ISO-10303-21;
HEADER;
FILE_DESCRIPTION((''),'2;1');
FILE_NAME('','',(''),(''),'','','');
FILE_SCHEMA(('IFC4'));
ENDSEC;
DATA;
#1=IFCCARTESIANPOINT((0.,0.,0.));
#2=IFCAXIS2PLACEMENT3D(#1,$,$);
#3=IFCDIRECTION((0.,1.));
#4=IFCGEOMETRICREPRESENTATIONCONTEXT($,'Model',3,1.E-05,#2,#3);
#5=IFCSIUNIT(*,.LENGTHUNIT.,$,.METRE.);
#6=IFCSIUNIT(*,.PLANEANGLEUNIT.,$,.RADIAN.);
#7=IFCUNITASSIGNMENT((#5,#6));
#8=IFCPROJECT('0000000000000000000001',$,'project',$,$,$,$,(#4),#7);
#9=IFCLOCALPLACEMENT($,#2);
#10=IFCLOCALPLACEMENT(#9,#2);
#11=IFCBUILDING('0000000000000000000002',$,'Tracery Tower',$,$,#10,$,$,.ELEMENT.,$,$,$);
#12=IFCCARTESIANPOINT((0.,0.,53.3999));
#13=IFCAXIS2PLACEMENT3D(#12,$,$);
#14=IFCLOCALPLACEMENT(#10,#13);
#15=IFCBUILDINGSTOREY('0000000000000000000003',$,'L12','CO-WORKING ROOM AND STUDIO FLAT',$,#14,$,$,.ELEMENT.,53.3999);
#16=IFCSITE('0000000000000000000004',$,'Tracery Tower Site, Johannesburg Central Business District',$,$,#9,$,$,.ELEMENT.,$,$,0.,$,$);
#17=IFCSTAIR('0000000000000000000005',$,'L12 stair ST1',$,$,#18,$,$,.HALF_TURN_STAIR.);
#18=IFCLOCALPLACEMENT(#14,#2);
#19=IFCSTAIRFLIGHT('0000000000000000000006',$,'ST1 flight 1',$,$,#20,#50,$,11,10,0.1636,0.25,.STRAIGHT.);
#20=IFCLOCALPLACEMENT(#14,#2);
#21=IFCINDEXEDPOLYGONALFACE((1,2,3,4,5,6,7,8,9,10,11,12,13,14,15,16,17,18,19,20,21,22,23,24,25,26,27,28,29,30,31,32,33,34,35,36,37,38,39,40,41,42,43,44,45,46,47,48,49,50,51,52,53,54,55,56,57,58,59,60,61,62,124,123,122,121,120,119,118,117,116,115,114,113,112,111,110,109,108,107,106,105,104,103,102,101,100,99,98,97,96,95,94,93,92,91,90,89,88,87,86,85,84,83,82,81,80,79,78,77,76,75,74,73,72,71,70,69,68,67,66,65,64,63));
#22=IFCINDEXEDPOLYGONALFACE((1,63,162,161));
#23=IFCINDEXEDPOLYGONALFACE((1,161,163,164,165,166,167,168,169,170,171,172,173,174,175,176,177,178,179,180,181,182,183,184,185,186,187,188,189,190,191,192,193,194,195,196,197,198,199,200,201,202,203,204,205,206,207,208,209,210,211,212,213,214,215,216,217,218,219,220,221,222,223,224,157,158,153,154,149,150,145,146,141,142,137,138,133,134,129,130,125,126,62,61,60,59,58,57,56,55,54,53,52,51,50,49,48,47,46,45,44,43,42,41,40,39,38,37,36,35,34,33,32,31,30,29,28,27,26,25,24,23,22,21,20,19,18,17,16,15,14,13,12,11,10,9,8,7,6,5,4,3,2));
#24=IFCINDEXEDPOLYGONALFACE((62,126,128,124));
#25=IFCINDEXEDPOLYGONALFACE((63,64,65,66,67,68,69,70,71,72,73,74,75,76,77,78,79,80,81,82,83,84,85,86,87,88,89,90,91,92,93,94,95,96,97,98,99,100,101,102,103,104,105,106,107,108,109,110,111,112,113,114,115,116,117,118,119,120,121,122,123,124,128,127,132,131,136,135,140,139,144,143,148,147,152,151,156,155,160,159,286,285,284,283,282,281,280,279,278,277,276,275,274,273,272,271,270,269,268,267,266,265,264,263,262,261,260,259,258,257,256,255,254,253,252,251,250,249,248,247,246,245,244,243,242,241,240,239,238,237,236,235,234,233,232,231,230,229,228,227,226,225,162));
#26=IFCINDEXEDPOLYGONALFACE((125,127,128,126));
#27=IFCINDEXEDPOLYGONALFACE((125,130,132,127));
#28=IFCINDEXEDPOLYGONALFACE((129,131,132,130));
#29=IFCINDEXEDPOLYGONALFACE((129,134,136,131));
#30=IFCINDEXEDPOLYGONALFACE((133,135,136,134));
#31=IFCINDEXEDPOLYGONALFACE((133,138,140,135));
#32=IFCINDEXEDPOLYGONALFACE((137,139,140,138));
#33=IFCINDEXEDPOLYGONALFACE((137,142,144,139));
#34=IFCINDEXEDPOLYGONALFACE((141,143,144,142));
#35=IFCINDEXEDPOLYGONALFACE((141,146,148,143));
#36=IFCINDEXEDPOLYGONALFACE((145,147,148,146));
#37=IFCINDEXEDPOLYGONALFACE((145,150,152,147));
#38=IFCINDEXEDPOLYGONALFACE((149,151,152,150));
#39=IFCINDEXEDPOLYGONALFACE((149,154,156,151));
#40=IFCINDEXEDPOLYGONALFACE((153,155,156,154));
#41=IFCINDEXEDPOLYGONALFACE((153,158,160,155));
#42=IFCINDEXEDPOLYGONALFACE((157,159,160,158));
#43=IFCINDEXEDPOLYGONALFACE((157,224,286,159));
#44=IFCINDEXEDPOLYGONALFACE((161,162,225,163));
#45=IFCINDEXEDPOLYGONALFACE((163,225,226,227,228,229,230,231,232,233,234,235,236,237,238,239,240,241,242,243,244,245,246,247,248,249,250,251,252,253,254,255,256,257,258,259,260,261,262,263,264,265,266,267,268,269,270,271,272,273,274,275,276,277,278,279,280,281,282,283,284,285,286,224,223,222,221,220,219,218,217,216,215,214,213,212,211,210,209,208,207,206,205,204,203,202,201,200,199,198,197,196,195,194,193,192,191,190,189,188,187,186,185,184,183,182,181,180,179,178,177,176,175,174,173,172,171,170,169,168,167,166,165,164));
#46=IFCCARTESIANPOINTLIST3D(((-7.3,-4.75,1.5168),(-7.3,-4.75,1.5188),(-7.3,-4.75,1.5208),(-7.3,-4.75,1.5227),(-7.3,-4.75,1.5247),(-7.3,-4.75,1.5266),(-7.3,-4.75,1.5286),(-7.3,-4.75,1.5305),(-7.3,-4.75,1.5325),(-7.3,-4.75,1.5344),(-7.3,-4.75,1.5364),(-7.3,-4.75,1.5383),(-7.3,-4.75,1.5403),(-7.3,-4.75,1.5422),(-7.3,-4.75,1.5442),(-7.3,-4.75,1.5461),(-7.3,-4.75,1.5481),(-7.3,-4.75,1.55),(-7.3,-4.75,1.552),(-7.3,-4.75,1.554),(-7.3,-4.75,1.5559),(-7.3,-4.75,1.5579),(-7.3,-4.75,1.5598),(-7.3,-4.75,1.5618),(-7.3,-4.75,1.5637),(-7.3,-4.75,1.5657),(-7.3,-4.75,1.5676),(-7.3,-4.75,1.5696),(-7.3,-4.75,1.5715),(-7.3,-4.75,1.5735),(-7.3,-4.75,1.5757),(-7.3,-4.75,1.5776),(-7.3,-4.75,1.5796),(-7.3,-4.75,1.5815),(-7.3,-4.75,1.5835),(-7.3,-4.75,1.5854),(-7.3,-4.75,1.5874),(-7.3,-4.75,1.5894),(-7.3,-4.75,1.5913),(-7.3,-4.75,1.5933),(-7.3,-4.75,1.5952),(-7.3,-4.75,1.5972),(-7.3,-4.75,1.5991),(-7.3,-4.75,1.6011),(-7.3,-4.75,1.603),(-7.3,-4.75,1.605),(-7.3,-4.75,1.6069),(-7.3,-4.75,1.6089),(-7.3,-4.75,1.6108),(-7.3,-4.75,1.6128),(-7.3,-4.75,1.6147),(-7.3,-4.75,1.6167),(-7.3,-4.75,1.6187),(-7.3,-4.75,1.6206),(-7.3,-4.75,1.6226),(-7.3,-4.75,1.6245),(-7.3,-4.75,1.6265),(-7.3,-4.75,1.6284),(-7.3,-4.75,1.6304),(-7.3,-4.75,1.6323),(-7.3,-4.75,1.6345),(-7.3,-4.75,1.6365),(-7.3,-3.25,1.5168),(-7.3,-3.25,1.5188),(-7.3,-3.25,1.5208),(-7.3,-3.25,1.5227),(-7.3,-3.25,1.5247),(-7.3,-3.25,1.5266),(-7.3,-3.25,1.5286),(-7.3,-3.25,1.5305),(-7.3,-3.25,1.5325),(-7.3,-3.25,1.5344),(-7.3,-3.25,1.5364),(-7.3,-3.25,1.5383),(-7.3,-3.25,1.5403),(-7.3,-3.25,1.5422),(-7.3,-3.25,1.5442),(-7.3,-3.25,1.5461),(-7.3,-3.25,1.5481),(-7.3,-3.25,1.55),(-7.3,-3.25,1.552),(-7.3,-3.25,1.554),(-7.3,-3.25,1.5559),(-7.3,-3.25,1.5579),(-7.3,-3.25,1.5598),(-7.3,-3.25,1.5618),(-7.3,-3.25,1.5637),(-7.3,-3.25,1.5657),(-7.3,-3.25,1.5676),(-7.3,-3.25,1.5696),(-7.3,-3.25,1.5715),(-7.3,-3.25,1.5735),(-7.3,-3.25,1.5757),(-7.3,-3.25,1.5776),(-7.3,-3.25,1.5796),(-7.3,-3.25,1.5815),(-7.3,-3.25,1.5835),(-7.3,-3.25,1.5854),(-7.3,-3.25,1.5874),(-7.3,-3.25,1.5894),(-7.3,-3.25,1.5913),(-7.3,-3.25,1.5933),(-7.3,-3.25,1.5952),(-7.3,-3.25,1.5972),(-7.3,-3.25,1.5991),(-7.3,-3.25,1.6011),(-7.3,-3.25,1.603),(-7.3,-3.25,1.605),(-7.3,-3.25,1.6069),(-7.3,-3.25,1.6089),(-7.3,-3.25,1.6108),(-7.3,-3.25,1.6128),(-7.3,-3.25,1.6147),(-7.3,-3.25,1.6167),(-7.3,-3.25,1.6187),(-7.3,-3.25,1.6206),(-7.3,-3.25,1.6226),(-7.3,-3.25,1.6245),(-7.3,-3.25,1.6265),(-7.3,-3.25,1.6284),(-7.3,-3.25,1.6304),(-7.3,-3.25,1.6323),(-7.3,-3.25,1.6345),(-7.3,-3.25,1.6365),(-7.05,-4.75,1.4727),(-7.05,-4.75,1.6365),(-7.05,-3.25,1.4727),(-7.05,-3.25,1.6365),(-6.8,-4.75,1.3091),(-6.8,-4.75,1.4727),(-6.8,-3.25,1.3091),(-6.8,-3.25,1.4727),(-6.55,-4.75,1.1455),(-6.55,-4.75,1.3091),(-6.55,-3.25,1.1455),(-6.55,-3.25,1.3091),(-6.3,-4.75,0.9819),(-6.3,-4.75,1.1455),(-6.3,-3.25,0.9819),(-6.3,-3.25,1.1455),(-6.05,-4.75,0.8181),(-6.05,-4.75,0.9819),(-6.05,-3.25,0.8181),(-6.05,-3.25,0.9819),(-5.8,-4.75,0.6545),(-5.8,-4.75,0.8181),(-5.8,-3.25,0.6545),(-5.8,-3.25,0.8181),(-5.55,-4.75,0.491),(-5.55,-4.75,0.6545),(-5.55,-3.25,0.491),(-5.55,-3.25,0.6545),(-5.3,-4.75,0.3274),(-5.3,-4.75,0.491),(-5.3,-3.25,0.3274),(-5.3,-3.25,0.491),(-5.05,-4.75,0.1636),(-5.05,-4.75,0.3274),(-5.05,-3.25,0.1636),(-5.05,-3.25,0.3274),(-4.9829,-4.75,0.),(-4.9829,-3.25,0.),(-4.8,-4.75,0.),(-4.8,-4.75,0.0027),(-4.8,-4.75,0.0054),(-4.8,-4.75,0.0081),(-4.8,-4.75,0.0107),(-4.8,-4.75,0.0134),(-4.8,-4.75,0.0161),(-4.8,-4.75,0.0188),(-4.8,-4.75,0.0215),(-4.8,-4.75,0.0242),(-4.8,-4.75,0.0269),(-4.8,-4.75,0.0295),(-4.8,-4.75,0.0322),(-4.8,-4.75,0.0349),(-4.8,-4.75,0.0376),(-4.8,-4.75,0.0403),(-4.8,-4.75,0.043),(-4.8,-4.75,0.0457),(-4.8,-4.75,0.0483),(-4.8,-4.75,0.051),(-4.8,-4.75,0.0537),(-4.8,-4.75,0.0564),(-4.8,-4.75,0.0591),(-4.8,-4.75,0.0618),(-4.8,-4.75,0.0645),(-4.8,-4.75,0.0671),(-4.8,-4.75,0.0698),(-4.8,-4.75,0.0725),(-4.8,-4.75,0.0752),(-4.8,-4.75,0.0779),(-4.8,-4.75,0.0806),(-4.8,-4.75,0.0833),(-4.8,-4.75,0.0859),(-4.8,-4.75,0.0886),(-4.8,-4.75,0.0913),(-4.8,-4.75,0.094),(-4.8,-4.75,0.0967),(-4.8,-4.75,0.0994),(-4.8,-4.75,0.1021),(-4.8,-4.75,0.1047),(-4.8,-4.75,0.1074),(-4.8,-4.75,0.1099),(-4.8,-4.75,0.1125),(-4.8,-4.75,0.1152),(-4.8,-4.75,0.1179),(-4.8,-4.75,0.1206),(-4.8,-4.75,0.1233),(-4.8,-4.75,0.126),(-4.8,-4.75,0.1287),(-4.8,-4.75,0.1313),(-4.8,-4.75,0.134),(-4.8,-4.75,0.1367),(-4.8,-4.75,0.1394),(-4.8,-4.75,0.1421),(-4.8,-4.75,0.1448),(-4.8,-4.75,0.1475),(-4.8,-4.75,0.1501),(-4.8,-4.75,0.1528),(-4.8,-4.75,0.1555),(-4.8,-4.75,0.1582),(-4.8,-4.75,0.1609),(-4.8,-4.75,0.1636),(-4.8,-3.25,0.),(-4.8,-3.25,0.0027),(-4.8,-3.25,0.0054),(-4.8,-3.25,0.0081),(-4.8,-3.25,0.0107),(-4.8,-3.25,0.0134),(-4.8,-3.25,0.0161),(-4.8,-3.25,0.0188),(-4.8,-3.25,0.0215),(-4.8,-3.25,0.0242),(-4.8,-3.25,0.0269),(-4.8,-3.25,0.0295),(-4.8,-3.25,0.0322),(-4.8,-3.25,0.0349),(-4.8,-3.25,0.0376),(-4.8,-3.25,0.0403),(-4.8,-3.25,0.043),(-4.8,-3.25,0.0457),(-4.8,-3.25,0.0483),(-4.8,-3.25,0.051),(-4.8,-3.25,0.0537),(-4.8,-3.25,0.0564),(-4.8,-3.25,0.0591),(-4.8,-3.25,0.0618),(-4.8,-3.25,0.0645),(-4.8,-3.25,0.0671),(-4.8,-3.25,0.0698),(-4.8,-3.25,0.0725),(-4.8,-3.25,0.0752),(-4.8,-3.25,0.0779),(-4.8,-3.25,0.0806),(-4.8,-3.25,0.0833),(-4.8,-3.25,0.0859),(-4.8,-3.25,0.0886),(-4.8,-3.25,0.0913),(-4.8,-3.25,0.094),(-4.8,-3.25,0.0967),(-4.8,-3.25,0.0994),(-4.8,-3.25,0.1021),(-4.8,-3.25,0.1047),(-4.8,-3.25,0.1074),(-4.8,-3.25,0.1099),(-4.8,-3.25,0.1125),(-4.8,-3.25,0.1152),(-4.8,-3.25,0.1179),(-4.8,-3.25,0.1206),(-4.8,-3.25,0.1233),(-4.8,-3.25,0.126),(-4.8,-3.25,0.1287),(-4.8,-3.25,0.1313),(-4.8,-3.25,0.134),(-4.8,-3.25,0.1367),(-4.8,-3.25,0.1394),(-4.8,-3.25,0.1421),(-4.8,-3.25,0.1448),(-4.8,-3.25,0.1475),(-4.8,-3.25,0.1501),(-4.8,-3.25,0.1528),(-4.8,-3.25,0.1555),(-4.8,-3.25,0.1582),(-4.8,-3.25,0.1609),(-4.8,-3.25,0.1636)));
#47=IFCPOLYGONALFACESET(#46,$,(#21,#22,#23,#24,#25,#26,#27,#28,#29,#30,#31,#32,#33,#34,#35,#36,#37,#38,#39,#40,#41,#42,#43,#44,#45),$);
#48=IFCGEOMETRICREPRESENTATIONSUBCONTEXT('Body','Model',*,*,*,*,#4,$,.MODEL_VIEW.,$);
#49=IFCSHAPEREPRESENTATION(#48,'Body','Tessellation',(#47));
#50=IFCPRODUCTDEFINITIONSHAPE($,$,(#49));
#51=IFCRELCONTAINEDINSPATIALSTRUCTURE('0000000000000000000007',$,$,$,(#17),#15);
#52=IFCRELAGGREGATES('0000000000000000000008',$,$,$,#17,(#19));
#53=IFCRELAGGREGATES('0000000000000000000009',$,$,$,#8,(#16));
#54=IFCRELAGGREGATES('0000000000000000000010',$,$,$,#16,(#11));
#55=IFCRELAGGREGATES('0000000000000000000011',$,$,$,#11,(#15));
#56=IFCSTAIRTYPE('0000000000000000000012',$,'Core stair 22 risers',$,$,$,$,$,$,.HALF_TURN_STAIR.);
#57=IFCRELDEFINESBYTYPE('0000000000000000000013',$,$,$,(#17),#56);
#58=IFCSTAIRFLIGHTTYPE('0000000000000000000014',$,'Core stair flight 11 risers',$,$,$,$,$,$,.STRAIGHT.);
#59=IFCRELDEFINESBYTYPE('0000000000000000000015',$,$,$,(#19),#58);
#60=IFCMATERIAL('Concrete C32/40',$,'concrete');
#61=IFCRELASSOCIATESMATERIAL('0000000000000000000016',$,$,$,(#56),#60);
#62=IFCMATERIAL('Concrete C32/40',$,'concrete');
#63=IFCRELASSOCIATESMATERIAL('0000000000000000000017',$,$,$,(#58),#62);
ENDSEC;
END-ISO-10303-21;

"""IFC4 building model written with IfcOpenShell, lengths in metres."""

from ifc_helpers import new_model, si_unit, direction, frame, origin, place, context, subcontext, project, spatial, polyline, outline, extrude, material, type_object, element, aggregate, save


model = new_model("IFC4")

# Units and contexts
model_context = context("Model", 3, precision=1e-05, world=origin(), true_north=direction((0.0, 1.0)))
body_context = subcontext(model_context, "Body", "Model", "MODEL_VIEW")
ifc_project = project(units=[si_unit("LENGTHUNIT", "METRE"), si_unit("PLANEANGLEUNIT", "RADIAN")], contexts=[model_context])

# Site, building, storey
site_placement = place(None, origin())
site = spatial("IfcSite", under=ifc_project, at=site_placement, Name="Tracery Tower Site, Johannesburg Central Business District", CompositionType="ELEMENT", RefElevation=0.0)
building_placement = place(site_placement, origin())
building = spatial("IfcBuilding", under=site, at=building_placement, Name="Tracery Tower", CompositionType="ELEMENT")
storey_placement = place(building_placement, frame((0.0, 0.0, 53.3999)))
storey = spatial("IfcBuildingStorey", under=building, at=storey_placement, Name="L12", Description="CO-WORKING ROOM AND STUDIO FLAT", CompositionType="ELEMENT", Elevation=53.3999)

# Stair, stair flight
ifc_material_1 = material(Name="Concrete C32/40", Category="concrete")
stair_type = type_object("IfcStairType", Name="Core stair 22 risers", PredefinedType="HALF_TURN_STAIR", material=ifc_material_1)
stair_placement = place(storey_placement, origin())
stair = element("IfcStair", 1, at=stair_placement, inside=storey, type_object=stair_type, Name="L12 stair ST1", PredefinedType="HALF_TURN_STAIR")
ifc_material_2 = material(Name="Concrete C32/40", Category="concrete")
stair_flight_type = type_object("IfcStairFlightType", Name="Core stair flight 11 risers", PredefinedType="STRAIGHT", material=ifc_material_2)
stair_flight_1_placement = place(storey_placement, frame((-4.8, -4.0, 0.0), z_axis=(0.0, 0.0, 1.0), x_axis=(-1.0, 0.0, 0.0)))
stair_flight_1 = element("IfcStairFlight", 2, at=stair_flight_1_placement, type_object=stair_flight_type, Name="ST1 flight 1", NumberOfRisers=11, NumberOfTreads=10, PredefinedType="STRAIGHT", RiserHeight=0.1636, TreadLength=0.25, context=body_context, shape_type="SweptSolid", body=[
    extrude(outline(polyline([(0.0, 0.0), (0.0, 0.0027), (0.0, 0.0054), (0.0, 0.0081), (0.0, 0.0107), (0.0, 0.0134), (0.0, 0.0161), (0.0, 0.0188), (0.0, 0.0215), (0.0, 0.0242), (0.0, 0.0269), (0.0, 0.0295), (0.0, 0.0322), (0.0, 0.0349), (0.0, 0.0376), (0.0, 0.0403), (0.0, 0.043), (0.0, 0.0457), (0.0, 0.0483), (0.0, 0.051), (0.0, 0.0537), (0.0, 0.0564), (0.0, 0.0591), (0.0, 0.0618), (0.0, 0.0645), (0.0, 0.0671), (0.0, 0.0698), (0.0, 0.0725), (0.0, 0.0752), (0.0, 0.0779), (0.0, 0.0806), (0.0, 0.0833), (0.0, 0.0859), (0.0, 0.0886), (0.0, 0.0913), (0.0, 0.094), (0.0, 0.0967), (0.0, 0.0994), (0.0, 0.1021), (0.0, 0.1047), (0.0, 0.1074), (0.0, 0.1099), (0.0, 0.1125), (0.0, 0.1152), (0.0, 0.1179), (0.0, 0.1206), (0.0, 0.1233), (0.0, 0.126), (0.0, 0.1287), (0.0, 0.1313), (0.0, 0.134), (0.0, 0.1367), (0.0, 0.1394), (0.0, 0.1421), (0.0, 0.1448), (0.0, 0.1475), (0.0, 0.1501), (0.0, 0.1528), (0.0, 0.1555), (0.0, 0.1582), (0.0, 0.1609), (0.0, 0.1636), (0.25, 0.1636), (0.25, 0.3274), (0.5, 0.3274), (0.5, 0.491), (0.75, 0.491), (0.75, 0.6545), (1.0, 0.6545), (1.0, 0.8181), (1.25, 0.8181), (1.25, 0.9819), (1.5, 0.9819), (1.5, 1.1455), (1.75, 1.1455), (1.75, 1.3091), (2.0, 1.3091), (2.0, 1.4727), (2.25, 1.4727), (2.25, 1.6365), (2.5, 1.6365), (2.5, 1.6345), (2.5, 1.6323), (2.5, 1.6304), (2.5, 1.6284), (2.5, 1.6265), (2.5, 1.6245), (2.5, 1.6226), (2.5, 1.6206), (2.5, 1.6187), (2.5, 1.6167), (2.5, 1.6147), (2.5, 1.6128), (2.5, 1.6108), (2.5, 1.6089), (2.5, 1.6069), (2.5, 1.605), (2.5, 1.603), (2.5, 1.6011), (2.5, 1.5991), (2.5, 1.5972), (2.5, 1.5952), (2.5, 1.5933), (2.5, 1.5913), (2.5, 1.5894), (2.5, 1.5874), (2.5, 1.5854), (2.5, 1.5835), (2.5, 1.5815), (2.5, 1.5796), (2.5, 1.5776), (2.5, 1.5757), (2.5, 1.5735), (2.5, 1.5715), (2.5, 1.5696), (2.5, 1.5676), (2.5, 1.5657), (2.5, 1.5637), (2.5, 1.5618), (2.5, 1.5598), (2.5, 1.5579), (2.5, 1.5559), (2.5, 1.554), (2.5, 1.552), (2.5, 1.55), (2.5, 1.5481), (2.5, 1.5461), (2.5, 1.5442), (2.5, 1.5422), (2.5, 1.5403), (2.5, 1.5383), (2.5, 1.5364), (2.5, 1.5344), (2.5, 1.5325), (2.5, 1.5305), (2.5, 1.5286), (2.5, 1.5266), (2.5, 1.5247), (2.5, 1.5227), (2.5, 1.5208), (2.5, 1.5188), (2.5, 1.5168), (0.1829, 0.0), (0.0, 0.0)])), frame((0.0, 0.75, 0.0), z_axis=(0.0, -1.0, 0.0), x_axis=(1.0, 0.0, 0.0)), (0.0, 0.0, 1.0), 1.5),
])
aggregate(stair, [stair_flight_1])

save(model, "model.ifc")
